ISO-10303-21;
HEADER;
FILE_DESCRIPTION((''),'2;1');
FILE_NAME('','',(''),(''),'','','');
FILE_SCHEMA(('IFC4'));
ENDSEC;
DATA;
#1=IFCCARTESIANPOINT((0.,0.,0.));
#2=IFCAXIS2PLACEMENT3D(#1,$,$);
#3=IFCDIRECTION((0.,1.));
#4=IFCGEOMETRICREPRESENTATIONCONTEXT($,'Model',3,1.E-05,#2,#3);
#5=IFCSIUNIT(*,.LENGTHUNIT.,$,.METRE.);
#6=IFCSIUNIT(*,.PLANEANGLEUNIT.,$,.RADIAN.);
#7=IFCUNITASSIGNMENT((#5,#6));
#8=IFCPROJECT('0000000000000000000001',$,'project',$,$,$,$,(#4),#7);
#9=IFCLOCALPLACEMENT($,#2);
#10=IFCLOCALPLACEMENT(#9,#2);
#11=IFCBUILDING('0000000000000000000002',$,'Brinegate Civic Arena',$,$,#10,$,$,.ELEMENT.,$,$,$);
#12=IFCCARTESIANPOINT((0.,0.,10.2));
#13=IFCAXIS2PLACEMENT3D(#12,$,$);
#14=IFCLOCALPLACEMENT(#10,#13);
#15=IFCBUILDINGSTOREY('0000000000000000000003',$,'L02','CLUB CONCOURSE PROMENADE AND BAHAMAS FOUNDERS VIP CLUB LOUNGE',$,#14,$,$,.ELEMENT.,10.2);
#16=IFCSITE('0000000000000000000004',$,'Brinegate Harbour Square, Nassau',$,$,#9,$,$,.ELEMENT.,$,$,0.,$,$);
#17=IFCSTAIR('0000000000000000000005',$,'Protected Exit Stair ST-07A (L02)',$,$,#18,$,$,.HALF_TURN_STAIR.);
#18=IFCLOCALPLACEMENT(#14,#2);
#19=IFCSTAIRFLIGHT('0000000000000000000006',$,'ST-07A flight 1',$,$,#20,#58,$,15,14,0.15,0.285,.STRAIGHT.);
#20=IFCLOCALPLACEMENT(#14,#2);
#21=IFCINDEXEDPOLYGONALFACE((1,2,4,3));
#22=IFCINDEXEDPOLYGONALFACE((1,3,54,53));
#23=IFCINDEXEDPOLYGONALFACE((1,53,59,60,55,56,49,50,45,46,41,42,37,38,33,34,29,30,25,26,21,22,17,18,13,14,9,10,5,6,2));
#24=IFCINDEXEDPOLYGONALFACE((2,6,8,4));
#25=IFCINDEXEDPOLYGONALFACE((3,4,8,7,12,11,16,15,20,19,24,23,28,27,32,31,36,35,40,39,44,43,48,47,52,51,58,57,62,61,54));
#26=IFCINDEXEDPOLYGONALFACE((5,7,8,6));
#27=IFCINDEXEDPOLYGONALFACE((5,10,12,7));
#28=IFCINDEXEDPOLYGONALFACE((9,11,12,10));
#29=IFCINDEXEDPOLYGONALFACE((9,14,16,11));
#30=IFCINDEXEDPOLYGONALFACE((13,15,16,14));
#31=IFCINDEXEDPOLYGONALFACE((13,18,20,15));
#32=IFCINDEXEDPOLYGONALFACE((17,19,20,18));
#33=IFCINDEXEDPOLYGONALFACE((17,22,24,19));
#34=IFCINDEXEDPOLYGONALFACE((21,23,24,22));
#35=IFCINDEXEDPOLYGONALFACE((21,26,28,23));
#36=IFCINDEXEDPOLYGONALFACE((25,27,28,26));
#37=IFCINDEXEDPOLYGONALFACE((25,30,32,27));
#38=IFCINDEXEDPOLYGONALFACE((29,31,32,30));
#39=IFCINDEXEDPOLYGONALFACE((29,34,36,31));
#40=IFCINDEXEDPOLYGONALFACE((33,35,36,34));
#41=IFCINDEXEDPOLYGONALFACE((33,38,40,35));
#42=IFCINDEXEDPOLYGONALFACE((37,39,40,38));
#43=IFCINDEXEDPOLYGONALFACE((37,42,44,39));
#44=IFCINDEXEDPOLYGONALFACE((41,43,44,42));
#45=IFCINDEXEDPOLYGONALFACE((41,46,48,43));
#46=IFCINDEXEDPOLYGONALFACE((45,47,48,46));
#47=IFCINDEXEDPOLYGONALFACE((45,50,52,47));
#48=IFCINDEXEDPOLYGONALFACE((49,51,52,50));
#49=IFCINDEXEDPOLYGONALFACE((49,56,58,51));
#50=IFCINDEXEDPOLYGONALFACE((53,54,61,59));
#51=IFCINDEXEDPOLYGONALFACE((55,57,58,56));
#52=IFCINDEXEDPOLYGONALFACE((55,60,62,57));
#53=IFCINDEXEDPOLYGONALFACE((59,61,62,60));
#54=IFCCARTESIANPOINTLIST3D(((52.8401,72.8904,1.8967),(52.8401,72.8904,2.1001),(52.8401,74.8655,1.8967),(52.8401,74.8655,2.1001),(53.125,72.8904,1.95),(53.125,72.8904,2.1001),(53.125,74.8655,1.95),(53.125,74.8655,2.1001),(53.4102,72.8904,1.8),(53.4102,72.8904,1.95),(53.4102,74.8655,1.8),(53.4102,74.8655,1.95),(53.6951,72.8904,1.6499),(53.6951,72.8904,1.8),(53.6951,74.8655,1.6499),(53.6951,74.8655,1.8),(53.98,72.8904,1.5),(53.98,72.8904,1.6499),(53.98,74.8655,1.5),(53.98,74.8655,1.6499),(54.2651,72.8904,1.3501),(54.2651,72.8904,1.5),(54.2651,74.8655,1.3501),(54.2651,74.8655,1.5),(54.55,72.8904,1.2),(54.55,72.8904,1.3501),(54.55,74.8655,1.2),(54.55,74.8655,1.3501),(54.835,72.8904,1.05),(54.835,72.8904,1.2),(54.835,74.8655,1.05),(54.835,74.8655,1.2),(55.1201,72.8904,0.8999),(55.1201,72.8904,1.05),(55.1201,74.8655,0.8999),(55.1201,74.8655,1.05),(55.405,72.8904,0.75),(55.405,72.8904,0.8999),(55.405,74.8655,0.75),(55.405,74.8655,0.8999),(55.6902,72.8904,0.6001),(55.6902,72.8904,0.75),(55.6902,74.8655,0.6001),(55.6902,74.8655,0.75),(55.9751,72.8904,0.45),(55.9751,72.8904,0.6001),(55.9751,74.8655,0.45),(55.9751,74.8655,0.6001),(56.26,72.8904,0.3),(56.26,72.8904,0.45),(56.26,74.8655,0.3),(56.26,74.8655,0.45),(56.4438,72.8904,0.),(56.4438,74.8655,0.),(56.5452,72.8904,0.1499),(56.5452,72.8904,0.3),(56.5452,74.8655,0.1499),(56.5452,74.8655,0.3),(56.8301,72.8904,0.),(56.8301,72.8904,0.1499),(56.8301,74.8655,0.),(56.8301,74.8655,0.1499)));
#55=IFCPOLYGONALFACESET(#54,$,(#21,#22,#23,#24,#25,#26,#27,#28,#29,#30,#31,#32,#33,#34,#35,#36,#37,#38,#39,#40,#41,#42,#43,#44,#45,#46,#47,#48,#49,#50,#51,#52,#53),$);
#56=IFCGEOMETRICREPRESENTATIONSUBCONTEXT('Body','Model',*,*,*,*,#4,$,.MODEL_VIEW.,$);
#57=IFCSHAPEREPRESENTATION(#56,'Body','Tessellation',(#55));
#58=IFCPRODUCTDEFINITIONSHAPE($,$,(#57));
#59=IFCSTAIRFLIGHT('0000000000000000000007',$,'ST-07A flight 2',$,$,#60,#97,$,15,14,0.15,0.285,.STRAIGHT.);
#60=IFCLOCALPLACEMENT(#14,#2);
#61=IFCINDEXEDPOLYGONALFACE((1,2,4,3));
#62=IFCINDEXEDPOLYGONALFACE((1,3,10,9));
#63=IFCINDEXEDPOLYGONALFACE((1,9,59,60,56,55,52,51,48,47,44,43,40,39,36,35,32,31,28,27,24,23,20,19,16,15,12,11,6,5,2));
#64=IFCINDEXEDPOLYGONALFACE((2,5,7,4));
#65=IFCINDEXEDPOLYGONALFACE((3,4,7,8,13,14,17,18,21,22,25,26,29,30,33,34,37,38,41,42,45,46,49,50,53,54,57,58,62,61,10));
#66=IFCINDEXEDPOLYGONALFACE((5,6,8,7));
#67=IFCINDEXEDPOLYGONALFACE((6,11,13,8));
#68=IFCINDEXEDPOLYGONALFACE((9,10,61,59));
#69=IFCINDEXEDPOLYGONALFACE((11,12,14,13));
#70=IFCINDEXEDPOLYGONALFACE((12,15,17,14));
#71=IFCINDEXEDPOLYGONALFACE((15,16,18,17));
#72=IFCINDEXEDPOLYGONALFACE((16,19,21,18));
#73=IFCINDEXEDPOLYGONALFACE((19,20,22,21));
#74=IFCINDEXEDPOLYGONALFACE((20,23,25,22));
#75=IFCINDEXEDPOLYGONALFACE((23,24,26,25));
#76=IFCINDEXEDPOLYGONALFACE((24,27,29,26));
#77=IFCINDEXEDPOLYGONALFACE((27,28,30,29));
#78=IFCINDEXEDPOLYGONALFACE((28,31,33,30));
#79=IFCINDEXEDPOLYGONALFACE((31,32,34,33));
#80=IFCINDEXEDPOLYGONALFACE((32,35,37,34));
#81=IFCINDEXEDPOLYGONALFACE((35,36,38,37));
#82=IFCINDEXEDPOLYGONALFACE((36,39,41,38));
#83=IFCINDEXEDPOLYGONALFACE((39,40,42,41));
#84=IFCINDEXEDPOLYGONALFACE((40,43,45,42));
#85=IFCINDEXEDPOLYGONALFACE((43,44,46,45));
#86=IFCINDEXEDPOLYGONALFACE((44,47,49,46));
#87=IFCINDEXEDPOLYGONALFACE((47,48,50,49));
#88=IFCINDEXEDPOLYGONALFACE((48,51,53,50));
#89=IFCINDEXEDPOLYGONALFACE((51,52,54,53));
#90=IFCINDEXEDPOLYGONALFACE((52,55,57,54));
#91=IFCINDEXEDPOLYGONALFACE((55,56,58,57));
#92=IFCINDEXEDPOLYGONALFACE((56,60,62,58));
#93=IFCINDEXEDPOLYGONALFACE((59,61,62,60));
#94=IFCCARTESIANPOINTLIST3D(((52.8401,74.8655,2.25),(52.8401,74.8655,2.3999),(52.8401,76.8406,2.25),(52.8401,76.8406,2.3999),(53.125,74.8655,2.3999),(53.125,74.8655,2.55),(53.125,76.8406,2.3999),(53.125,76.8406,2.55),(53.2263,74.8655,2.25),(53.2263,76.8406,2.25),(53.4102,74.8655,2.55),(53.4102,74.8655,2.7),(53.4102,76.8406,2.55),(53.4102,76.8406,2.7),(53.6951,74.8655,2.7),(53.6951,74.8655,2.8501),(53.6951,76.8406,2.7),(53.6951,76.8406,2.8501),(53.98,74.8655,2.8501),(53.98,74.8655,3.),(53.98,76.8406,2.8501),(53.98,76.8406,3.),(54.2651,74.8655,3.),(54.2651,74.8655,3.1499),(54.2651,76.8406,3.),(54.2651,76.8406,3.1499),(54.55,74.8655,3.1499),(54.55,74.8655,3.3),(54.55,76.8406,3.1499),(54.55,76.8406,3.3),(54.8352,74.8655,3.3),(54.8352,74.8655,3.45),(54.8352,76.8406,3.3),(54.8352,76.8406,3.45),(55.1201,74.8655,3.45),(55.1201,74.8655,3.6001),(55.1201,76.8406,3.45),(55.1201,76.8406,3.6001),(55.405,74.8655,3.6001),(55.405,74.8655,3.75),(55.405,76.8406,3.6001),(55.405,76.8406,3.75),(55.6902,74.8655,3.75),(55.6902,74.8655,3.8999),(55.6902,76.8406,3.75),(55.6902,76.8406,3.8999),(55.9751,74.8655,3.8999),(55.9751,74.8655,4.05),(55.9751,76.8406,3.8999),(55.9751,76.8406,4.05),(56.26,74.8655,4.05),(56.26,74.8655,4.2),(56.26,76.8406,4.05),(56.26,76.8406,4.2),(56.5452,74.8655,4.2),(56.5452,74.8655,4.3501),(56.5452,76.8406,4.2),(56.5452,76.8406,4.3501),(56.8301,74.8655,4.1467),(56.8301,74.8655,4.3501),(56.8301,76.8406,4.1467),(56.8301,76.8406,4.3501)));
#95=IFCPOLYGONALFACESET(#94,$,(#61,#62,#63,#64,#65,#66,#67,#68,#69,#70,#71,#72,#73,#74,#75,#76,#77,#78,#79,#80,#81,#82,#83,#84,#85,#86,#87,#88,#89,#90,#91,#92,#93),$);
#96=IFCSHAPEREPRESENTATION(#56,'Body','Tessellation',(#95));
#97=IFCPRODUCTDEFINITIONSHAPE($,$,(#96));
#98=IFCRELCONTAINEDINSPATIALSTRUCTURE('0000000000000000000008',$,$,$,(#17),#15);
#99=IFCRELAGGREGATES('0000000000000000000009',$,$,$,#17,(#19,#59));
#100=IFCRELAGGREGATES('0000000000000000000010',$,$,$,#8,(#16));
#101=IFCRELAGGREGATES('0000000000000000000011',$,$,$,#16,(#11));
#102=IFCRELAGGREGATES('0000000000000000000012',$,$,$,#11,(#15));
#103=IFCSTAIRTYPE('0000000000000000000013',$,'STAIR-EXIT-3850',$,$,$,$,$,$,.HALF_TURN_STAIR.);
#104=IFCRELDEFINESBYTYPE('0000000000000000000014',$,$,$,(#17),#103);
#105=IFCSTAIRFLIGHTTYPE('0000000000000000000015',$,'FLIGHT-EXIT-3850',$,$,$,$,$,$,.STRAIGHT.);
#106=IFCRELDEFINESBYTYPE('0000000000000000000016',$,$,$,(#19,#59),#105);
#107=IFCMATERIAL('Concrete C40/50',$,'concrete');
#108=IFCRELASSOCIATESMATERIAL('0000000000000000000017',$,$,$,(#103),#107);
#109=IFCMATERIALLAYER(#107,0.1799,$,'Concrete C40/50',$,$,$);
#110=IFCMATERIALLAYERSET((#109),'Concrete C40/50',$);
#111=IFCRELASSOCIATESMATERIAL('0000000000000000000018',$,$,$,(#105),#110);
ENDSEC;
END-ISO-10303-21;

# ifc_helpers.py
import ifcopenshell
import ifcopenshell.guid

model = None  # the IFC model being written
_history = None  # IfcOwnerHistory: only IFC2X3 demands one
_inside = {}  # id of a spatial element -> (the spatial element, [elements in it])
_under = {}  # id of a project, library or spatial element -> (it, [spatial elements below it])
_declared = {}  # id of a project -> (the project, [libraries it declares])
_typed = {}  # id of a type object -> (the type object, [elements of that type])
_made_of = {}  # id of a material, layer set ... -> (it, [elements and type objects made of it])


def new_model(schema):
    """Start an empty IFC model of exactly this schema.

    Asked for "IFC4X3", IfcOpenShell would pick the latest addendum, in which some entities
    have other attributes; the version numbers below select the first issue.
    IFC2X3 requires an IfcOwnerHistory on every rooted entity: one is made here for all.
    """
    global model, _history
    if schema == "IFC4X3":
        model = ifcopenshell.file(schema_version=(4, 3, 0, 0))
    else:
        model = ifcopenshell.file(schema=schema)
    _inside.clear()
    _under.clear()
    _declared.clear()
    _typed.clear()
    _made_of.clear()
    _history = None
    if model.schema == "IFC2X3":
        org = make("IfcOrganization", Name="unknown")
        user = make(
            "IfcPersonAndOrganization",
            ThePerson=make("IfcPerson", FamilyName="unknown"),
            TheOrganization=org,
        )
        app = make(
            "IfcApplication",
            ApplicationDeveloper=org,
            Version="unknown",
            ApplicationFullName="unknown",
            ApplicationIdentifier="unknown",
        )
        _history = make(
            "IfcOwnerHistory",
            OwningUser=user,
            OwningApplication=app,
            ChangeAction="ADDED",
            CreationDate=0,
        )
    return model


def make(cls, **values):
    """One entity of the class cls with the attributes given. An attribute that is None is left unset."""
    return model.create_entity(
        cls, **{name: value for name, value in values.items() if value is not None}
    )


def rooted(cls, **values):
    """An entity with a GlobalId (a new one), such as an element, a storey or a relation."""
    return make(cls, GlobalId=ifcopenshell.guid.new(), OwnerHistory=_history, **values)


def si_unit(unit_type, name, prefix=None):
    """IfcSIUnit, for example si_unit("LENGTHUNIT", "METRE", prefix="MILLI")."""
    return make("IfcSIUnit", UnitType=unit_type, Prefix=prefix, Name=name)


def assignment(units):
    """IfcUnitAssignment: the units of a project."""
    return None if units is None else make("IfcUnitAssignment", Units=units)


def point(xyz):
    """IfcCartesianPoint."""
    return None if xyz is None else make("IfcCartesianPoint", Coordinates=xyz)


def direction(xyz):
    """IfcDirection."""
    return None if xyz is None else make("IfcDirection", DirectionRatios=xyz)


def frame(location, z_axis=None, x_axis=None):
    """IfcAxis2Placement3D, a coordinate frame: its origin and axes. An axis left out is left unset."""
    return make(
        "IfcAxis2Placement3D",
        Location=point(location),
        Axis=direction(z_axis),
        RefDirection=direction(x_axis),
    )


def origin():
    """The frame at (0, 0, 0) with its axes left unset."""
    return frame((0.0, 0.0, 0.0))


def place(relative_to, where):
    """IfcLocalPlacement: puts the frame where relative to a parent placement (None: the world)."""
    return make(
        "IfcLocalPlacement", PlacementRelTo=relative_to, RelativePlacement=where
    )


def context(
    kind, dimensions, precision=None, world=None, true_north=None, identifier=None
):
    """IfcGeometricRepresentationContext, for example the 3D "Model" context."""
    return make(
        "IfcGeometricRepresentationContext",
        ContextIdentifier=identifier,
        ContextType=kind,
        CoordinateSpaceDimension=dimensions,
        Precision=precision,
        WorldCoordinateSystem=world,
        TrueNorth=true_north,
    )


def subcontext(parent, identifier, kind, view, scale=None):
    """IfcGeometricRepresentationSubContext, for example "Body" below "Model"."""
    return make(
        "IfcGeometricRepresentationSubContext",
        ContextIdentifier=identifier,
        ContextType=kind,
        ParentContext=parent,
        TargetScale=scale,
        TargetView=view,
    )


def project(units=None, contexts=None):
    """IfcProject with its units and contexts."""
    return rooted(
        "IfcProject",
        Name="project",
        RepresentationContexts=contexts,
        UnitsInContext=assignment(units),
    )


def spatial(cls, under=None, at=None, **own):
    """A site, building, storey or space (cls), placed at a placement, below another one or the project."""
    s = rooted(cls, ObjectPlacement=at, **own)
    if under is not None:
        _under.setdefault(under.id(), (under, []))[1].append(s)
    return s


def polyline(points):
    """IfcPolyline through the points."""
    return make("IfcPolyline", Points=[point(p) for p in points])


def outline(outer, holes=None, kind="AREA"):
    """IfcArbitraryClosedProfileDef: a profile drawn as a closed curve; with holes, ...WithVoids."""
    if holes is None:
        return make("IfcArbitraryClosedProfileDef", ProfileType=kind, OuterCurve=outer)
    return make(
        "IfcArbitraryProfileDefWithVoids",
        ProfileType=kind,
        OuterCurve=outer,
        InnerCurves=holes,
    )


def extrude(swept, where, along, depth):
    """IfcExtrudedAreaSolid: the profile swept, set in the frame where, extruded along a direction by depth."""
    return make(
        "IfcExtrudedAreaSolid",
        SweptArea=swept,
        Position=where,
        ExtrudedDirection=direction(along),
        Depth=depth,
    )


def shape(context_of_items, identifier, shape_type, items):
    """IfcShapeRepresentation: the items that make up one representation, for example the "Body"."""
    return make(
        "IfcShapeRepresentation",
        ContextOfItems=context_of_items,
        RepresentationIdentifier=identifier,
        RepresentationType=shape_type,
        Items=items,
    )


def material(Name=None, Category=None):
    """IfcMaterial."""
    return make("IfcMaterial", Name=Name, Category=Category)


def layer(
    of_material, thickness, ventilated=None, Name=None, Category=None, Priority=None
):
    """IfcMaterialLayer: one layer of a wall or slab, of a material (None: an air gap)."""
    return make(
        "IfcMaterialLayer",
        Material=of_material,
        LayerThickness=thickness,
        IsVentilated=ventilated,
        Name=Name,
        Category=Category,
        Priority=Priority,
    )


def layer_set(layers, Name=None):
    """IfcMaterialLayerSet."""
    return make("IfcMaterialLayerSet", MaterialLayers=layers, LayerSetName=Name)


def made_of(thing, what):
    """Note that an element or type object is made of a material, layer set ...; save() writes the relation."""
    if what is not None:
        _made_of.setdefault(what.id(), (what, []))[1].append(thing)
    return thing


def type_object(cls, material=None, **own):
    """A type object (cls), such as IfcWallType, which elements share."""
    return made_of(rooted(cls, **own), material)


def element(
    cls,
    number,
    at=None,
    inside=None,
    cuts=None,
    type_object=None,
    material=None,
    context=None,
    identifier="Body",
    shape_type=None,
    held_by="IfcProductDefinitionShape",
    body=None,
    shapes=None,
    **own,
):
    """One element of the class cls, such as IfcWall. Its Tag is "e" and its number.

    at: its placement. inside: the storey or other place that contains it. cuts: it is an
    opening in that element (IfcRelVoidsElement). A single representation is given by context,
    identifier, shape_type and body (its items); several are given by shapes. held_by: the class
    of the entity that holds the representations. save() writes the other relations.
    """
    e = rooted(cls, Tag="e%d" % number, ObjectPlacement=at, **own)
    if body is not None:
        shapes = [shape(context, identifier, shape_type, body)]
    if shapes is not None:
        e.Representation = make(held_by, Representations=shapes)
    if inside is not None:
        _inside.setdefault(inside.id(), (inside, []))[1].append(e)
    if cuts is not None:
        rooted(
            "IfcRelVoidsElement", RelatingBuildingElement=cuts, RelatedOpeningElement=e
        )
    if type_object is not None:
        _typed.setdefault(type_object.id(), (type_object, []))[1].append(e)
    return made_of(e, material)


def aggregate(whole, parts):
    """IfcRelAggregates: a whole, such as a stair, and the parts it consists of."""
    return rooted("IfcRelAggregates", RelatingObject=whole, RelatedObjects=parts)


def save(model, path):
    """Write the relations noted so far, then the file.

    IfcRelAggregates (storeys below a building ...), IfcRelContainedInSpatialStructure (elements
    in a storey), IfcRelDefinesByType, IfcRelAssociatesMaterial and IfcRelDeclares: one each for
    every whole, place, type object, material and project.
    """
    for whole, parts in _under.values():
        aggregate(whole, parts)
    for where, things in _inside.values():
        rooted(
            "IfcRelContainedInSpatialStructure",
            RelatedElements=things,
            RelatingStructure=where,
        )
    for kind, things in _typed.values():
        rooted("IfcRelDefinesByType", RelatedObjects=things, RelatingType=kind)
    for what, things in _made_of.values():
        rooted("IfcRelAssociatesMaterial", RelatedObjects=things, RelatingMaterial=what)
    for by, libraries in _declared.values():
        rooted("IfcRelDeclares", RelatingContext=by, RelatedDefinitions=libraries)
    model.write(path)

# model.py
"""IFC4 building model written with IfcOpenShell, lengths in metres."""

from ifc_helpers import new_model, si_unit, direction, frame, origin, place, context, subcontext, project, spatial, polyline, outline, extrude, material, layer, layer_set, type_object, element, aggregate, save


model = new_model("IFC4")

# Units and contexts
model_context = context("Model", 3, precision=1e-05, world=origin(), true_north=direction((0.0, 1.0)))
body_context = subcontext(model_context, "Body", "Model", "MODEL_VIEW")
ifc_project = project(units=[si_unit("LENGTHUNIT", "METRE"), si_unit("PLANEANGLEUNIT", "RADIAN")], contexts=[model_context])

# Site, building, storey
site_placement = place(None, origin())
site = spatial("IfcSite", under=ifc_project, at=site_placement, Name="Brinegate Harbour Square, Nassau", CompositionType="ELEMENT", RefElevation=0.0)
building_placement = place(site_placement, origin())
building = spatial("IfcBuilding", under=site, at=building_placement, Name="Brinegate Civic Arena", CompositionType="ELEMENT")
storey_placement = place(building_placement, frame((0.0, 0.0, 10.2)))
storey = spatial("IfcBuildingStorey", under=building, at=storey_placement, Name="L02", Description="CLUB CONCOURSE PROMENADE AND BAHAMAS FOUNDERS VIP CLUB LOUNGE", CompositionType="ELEMENT", Elevation=10.2)

# Stair, stair flights
ifc_material_1 = material(Name="Concrete C40/50", Category="concrete")
stair_type = type_object("IfcStairType", Name="STAIR-EXIT-3850", PredefinedType="HALF_TURN_STAIR", material=ifc_material_1)
stair_placement = place(storey_placement, origin())
stair = element("IfcStair", 1, at=stair_placement, inside=storey, type_object=stair_type, Name="Protected Exit Stair ST-07A (L02)", PredefinedType="HALF_TURN_STAIR")
ifc_layer_1 = layer(ifc_material_1, 0.1799, Name="Concrete C40/50")
ifc_layer_set_1 = layer_set([ifc_layer_1], Name="Concrete C40/50")
stair_flight_type = type_object("IfcStairFlightType", Name="FLIGHT-EXIT-3850", PredefinedType="STRAIGHT", material=ifc_layer_set_1)
stair_flight_1_placement = place(storey_placement, frame((56.8301, 73.8779, 0.0), z_axis=(0.0, 0.0, 1.0), x_axis=(-1.0, 0.0, 0.0)))
stair_flight_1 = element("IfcStairFlight", 2, at=stair_flight_1_placement, type_object=stair_flight_type, Name="ST-07A flight 1", NumberOfRisers=15, NumberOfTreads=14, PredefinedType="STRAIGHT", RiserHeight=0.15, TreadLength=0.285, context=body_context, shape_type="SweptSolid", body=[
    extrude(outline(polyline([(0.0, 0.0), (0.0, 0.1499), (0.2849, 0.1499), (0.2849, 0.3), (0.5701, 0.3), (0.5701, 0.45), (0.855, 0.45), (0.855, 0.6001), (1.1399, 0.6001), (1.1399, 0.75), (1.425, 0.75), (1.425, 0.8999), (1.71, 0.8999), (1.71, 1.05), (1.9951, 1.05), (1.9951, 1.2), (2.28, 1.2), (2.28, 1.3501), (2.5649, 1.3501), (2.5649, 1.5), (2.8501, 1.5), (2.8501, 1.6499), (3.135, 1.6499), (3.135, 1.8), (3.4199, 1.8), (3.4199, 1.95), (3.7051, 1.95), (3.7051, 2.1001), (3.99, 2.1001), (3.99, 2.25), (3.99, 1.8967), (0.3862, 0.0), (0.0, 0.0)])), frame((0.0, 0.9875, 0.0), z_axis=(0.0, -1.0, 0.0), x_axis=(1.0, 0.0, 0.0)), (0.0, 0.0, 1.0), 1.9751),
])
stair_flight_2_placement = place(storey_placement, frame((52.8401, 75.853, 2.25), z_axis=(0.0, 0.0, 1.0), x_axis=(1.0, 0.0, 0.0)))
stair_flight_2 = element("IfcStairFlight", 3, at=stair_flight_2_placement, type_object=stair_flight_type, Name="ST-07A flight 2", NumberOfRisers=15, NumberOfTreads=14, PredefinedType="STRAIGHT", RiserHeight=0.15, TreadLength=0.285, context=body_context, shape_type="SweptSolid", body=[
    extrude(outline(polyline([(0.0, 0.0), (0.0, 0.1499), (0.2849, 0.1499), (0.2849, 0.3), (0.5701, 0.3), (0.5701, 0.45), (0.855, 0.45), (0.855, 0.6001), (1.1399, 0.6001), (1.1399, 0.75), (1.425, 0.75), (1.425, 0.8999), (1.71, 0.8999), (1.71, 1.05), (1.9951, 1.05), (1.9951, 1.2), (2.28, 1.2), (2.28, 1.3501), (2.5649, 1.3501), (2.5649, 1.5), (2.8501, 1.5), (2.8501, 1.6499), (3.135, 1.6499), (3.135, 1.8), (3.4199, 1.8), (3.4199, 1.95), (3.7051, 1.95), (3.7051, 2.1001), (3.99, 2.1001), (3.99, 2.25), (3.99, 1.8967), (0.3862, 0.0), (0.0, 0.0)])), frame((0.0, 0.9875, 0.0), z_axis=(0.0, -1.0, 0.0), x_axis=(1.0, 0.0, 0.0)), (0.0, 0.0, 1.0), 1.9751),
])
aggregate(stair, [stair_flight_1, stair_flight_2])

save(model, "model.ifc")
